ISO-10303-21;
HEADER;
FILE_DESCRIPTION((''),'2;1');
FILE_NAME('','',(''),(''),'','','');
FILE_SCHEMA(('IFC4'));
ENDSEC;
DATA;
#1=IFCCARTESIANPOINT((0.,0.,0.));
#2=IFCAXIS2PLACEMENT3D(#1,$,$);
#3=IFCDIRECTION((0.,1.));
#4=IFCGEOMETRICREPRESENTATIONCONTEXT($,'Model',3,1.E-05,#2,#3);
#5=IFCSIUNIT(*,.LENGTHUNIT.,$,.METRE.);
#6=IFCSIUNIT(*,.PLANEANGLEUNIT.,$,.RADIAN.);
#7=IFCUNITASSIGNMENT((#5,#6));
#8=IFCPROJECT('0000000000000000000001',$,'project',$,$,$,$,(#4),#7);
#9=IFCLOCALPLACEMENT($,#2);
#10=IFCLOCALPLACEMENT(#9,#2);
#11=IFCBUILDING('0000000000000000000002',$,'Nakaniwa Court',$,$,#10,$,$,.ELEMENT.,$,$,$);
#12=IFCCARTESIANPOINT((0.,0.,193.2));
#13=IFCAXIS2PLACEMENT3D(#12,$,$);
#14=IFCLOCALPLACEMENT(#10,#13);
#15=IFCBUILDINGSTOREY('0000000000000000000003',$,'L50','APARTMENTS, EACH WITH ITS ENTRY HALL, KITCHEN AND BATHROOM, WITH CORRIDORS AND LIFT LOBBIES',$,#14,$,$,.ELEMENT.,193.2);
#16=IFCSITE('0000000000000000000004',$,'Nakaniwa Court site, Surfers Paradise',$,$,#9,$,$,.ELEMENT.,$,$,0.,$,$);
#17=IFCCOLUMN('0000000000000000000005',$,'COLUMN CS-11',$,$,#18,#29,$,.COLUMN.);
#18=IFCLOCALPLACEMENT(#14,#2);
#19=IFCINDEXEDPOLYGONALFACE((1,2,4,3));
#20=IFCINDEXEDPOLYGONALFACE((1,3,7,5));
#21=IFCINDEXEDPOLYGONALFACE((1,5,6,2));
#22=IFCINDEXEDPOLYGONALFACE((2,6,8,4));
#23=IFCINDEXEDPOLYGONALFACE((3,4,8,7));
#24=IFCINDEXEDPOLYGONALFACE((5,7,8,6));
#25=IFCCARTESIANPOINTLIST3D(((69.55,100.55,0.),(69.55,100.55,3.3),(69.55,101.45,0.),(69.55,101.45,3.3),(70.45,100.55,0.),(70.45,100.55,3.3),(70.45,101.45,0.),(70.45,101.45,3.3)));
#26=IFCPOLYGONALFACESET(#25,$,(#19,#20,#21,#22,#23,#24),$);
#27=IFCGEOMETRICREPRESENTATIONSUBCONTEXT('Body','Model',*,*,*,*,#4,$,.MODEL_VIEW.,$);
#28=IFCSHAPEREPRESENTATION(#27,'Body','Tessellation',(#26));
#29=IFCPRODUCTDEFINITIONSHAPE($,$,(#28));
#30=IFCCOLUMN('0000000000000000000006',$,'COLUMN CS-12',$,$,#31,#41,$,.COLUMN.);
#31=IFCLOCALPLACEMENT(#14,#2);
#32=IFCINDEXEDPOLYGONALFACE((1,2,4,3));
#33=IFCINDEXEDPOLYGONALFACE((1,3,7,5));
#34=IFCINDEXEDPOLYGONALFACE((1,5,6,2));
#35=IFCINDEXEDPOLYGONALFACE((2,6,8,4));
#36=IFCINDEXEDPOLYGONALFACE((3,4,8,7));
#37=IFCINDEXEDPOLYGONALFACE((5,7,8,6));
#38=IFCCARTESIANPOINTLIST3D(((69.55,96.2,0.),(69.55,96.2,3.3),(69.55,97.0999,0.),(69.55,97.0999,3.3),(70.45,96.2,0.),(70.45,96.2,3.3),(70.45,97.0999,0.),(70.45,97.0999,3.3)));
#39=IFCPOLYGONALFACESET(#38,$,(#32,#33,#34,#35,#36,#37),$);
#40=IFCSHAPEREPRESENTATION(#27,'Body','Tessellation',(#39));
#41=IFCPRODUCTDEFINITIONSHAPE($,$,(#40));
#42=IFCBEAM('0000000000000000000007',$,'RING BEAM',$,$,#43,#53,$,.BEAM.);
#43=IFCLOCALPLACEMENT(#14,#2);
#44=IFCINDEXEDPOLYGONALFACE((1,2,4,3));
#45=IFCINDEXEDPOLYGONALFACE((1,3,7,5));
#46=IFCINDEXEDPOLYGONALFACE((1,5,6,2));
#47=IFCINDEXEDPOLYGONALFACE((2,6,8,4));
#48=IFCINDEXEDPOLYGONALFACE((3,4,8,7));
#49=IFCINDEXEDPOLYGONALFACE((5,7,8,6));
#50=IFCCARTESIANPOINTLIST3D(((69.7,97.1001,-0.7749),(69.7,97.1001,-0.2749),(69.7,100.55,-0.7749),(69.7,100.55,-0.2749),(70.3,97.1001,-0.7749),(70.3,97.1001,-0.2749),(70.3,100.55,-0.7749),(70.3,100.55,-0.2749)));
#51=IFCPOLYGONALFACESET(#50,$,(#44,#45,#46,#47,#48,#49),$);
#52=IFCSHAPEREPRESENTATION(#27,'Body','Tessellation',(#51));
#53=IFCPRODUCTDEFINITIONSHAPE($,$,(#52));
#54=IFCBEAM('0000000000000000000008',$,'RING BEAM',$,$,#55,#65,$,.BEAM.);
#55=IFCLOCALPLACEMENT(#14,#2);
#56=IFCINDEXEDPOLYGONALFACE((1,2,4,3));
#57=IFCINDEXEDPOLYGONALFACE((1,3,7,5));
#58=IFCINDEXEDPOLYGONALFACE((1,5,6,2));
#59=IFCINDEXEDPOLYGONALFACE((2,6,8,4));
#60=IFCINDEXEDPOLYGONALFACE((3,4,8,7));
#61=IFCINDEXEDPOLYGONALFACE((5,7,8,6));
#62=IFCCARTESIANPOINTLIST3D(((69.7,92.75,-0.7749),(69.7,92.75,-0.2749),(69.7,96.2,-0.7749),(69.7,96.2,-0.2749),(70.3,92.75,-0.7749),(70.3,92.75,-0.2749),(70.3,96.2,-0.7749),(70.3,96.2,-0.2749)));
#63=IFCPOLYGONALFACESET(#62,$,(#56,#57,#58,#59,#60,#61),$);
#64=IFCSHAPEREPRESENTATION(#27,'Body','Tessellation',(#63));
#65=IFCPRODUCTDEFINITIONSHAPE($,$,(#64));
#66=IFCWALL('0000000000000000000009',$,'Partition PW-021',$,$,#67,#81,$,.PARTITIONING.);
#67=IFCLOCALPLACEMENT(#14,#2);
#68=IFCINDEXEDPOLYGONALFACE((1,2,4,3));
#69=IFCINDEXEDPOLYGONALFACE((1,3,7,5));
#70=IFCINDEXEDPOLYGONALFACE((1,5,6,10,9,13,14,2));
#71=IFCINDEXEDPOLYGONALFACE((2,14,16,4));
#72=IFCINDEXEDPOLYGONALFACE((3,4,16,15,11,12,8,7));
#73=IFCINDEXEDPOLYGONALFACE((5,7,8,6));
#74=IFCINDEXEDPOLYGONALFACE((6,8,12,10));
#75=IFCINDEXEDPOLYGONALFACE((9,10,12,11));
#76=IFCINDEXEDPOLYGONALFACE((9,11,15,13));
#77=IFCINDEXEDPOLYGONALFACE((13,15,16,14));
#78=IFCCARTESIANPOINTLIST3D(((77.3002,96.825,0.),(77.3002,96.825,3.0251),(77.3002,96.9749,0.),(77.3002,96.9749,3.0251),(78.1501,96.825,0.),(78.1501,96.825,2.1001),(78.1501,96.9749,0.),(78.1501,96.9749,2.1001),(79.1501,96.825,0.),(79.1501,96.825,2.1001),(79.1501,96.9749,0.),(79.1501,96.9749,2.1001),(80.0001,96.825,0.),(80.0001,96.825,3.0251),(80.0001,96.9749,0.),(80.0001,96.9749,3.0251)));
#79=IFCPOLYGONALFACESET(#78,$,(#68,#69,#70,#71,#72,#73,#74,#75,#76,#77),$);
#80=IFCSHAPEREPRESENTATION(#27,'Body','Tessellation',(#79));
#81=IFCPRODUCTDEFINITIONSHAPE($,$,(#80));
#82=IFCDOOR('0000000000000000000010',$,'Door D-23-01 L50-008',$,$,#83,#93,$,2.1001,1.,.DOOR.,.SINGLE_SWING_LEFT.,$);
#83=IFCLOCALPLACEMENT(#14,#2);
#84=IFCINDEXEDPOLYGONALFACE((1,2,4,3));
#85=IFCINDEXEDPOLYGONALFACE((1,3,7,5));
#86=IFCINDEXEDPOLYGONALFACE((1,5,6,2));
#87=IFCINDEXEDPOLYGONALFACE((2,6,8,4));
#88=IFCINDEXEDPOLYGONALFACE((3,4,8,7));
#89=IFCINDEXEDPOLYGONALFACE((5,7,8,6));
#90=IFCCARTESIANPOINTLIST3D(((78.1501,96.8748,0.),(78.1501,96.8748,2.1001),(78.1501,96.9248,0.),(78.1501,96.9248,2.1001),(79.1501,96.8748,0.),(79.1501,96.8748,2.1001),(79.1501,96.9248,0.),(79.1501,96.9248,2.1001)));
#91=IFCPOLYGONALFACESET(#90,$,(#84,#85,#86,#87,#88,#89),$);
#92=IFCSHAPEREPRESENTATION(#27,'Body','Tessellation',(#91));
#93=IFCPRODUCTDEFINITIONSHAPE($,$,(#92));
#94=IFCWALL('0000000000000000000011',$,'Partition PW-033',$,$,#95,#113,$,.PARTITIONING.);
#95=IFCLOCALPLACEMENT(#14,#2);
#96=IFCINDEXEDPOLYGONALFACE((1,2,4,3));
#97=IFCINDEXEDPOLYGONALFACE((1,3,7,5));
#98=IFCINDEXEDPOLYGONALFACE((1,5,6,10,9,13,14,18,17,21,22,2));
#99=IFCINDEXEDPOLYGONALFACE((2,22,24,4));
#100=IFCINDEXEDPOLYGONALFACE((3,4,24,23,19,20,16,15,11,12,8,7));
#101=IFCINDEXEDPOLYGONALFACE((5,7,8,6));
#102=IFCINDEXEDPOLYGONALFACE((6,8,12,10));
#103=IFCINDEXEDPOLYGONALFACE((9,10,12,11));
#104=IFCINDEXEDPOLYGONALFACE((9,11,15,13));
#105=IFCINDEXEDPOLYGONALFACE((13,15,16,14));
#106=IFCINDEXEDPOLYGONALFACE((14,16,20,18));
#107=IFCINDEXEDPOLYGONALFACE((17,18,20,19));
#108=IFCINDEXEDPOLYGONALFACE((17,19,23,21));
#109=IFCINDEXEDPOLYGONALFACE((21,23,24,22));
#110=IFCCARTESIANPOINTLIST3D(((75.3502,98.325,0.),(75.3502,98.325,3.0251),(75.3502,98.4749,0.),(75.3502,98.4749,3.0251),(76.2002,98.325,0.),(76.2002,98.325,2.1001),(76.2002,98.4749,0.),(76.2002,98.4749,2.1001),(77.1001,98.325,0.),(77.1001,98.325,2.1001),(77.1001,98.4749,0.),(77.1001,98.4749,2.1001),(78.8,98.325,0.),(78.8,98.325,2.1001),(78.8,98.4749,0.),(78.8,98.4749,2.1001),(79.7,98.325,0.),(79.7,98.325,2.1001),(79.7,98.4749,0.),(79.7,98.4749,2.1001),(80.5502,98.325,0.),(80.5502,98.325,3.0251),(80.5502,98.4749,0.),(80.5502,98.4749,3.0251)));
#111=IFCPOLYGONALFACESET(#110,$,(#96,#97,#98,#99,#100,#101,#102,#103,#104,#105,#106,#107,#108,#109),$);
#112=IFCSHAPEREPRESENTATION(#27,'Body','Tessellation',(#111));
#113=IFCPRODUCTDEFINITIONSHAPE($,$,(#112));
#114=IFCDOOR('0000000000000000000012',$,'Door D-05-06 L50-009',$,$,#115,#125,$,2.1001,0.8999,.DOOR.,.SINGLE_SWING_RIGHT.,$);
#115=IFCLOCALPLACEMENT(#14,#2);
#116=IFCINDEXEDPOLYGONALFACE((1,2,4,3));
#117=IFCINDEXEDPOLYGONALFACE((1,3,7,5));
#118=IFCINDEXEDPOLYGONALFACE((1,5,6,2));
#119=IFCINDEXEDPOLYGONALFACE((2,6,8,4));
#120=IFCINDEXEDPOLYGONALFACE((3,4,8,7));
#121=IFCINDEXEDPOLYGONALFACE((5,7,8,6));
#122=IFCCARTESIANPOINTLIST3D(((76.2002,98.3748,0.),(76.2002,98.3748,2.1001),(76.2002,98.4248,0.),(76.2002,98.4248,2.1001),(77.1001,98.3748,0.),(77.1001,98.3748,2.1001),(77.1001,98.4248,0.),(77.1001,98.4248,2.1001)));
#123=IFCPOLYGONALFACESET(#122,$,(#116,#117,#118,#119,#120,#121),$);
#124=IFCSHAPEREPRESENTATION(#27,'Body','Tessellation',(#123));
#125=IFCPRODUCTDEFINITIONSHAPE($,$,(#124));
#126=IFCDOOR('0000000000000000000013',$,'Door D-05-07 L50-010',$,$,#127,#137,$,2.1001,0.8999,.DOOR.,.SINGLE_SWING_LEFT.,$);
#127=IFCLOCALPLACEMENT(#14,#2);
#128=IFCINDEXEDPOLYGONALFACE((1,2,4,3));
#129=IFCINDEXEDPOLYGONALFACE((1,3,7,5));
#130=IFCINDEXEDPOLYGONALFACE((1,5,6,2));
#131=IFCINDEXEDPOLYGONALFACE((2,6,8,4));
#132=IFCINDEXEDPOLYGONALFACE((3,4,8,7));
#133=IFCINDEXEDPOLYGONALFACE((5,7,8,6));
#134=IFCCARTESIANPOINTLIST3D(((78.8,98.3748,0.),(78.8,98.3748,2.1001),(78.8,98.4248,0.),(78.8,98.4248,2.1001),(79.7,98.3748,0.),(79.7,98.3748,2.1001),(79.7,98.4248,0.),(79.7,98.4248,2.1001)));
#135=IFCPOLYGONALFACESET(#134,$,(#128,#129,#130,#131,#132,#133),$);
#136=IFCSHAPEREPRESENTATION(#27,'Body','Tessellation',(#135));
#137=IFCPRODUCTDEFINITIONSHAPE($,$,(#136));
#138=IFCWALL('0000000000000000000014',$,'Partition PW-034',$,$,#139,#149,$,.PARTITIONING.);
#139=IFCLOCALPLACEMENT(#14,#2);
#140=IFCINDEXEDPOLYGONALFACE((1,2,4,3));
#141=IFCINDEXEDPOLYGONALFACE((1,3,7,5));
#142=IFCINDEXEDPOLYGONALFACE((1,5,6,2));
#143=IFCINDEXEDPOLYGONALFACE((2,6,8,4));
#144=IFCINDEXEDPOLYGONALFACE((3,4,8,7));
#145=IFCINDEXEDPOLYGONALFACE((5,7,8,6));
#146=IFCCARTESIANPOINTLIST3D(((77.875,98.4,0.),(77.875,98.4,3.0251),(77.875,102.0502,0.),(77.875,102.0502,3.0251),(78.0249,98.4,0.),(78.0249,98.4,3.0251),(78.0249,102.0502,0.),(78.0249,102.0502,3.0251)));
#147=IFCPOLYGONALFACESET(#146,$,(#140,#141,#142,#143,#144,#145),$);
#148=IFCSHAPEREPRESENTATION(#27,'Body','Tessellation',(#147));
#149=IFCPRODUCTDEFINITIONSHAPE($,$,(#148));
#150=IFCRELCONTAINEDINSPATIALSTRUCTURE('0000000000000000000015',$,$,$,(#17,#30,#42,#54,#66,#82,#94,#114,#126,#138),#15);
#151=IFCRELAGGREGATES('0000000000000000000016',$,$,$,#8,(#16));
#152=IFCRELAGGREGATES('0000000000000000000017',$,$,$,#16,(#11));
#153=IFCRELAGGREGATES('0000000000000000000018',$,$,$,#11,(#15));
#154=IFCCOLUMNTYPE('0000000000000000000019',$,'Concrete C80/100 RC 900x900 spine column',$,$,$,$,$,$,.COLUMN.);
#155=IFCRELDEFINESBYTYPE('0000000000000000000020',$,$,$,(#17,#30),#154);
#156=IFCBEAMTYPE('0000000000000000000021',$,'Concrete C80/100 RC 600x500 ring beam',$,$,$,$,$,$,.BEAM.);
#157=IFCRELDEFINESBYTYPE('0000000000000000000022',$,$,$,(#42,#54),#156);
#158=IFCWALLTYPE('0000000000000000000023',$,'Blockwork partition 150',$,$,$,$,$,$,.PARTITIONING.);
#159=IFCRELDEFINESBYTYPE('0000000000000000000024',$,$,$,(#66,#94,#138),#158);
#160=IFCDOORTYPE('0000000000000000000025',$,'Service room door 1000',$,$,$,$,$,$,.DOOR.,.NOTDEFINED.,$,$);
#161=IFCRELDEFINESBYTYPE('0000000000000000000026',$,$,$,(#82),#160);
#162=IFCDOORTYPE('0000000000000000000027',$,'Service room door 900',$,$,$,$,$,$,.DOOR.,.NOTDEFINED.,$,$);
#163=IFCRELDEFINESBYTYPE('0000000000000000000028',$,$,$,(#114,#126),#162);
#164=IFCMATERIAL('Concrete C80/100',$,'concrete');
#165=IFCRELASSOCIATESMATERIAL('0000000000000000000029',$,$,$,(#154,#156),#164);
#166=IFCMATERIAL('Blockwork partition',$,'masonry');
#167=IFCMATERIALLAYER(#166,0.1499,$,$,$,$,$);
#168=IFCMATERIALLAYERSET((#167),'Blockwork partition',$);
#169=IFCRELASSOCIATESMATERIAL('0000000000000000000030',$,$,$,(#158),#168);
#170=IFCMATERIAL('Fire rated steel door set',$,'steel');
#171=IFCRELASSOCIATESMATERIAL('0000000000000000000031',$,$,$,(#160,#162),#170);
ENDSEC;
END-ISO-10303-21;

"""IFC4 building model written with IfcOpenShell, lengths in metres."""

from ifc_helpers import new_model, si_unit, direction, frame, frame_2d, origin, origin_2d, place, context, subcontext, project, spatial, rectangle, extrude, material, layer, layer_set, material_profile, profile_set, type_object, element, fill, save


model = new_model("IFC4")

# Units and contexts
model_context = context("Model", 3, precision=1e-05, world=origin(), true_north=direction((0.0, 1.0)))
body_context = subcontext(model_context, "Body", "Model", "MODEL_VIEW")
ifc_project = project(units=[si_unit("LENGTHUNIT", "METRE"), si_unit("PLANEANGLEUNIT", "RADIAN")], contexts=[model_context])

# Site, building, storey
site_placement = place(None, origin())
site = spatial("IfcSite", under=ifc_project, at=site_placement, Name="Nakaniwa Court site, Surfers Paradise", CompositionType="ELEMENT", RefElevation=0.0)
building_placement = place(site_placement, origin())
building = spatial("IfcBuilding", under=site, at=building_placement, Name="Nakaniwa Court", CompositionType="ELEMENT")
storey_placement = place(building_placement, frame((0.0, 0.0, 193.2)))
storey = spatial("IfcBuildingStorey", under=building, at=storey_placement, Name="L50", Description="APARTMENTS, EACH WITH ITS ENTRY HALL, KITCHEN AND BATHROOM, WITH CORRIDORS AND LIFT LOBBIES", CompositionType="ELEMENT", Elevation=193.2)

# Columns
ifc_material_1 = material(Name="Concrete C80/100", Category="concrete")
ifc_material_profile_1 = material_profile(ifc_material_1, rectangle(XDim=0.8999, YDim=0.8999, at=origin_2d()), Name="Concrete C80/100 RC 900x900 spine column")
ifc_profile_set_1 = profile_set([ifc_material_profile_1], Name="Concrete C80/100")
column_type = type_object("IfcColumnType", Name="Concrete C80/100 RC 900x900 spine column", PredefinedType="COLUMN", material=ifc_profile_set_1)
for number, where, z_axis, x_axis, name in (
    (1, (70.0, 101.0, 0.0), (0.0, 0.0, 1.0), (0.0, -1.0, 0.0), "COLUMN CS-11"),
    (2, (70.0, 96.6499, 0.0), (0.0, 0.0, 1.0), (0.0, -1.0, 0.0), "COLUMN CS-12"),
):
    element("IfcColumn", number, at=place(storey_placement, frame(where, z_axis=z_axis, x_axis=x_axis)), inside=storey, type_object=column_type, Name=name, PredefinedType="COLUMN", context=body_context, shape_type="SweptSolid", body=[
        extrude(rectangle(XDim=0.8999, YDim=0.8999, at=origin_2d()), origin(), (0.0, 0.0, 1.0), 3.3),
    ])

# Beams
ifc_material_profile_2 = material_profile(ifc_material_1, rectangle(XDim=0.6001, YDim=0.5, at=origin_2d()), Name="Concrete C80/100 RC 600x500 ring beam")
ifc_profile_set_2 = profile_set([ifc_material_profile_2], Name="Concrete C80/100")
beam_type = type_object("IfcBeamType", Name="Concrete C80/100 RC 600x500 ring beam", PredefinedType="BEAM", material=ifc_profile_set_2)
for number, where, z_axis, x_axis, name in (
    (3, (70.0, 100.55, -0.5249), (0.0, -1.0, 0.0), (1.0, 0.0, 0.0), "RING BEAM"),
    (4, (70.0, 96.2, -0.5249), (0.0, -1.0, 0.0), (1.0, 0.0, 0.0), "RING BEAM"),
):
    element("IfcBeam", number, at=place(storey_placement, frame(where, z_axis=z_axis, x_axis=x_axis)), inside=storey, type_object=beam_type, Name=name, PredefinedType="BEAM", context=body_context, shape_type="SweptSolid", body=[
        extrude(rectangle(XDim=0.6001, YDim=0.5, at=origin_2d()), origin(), (0.0, 0.0, 1.0), 3.45),
    ])

# Wall, opening, door
ifc_material_2 = material(Name="Blockwork partition", Category="masonry")
ifc_layer_1 = layer(ifc_material_2, 0.1499)
ifc_layer_set_1 = layer_set([ifc_layer_1], Name="Blockwork partition")
wall_type_1 = type_object("IfcWallType", Name="Blockwork partition 150", PredefinedType="PARTITIONING", material=ifc_layer_set_1)
wall_1_placement = place(storey_placement, frame((77.3, 96.8999, 0.0), z_axis=(0.0, 0.0, 1.0), x_axis=(1.0, 0.0, 0.0)))
wall_1 = element("IfcWall", 5, at=wall_1_placement, inside=storey, type_object=wall_type_1, Name="Partition PW-021", PredefinedType="PARTITIONING", context=body_context, shape_type="SweptSolid", body=[
    extrude(rectangle(XDim=2.7, YDim=0.1499, at=frame_2d((1.3501, 0.0))), origin(), (0.0, 0.0, 1.0), 3.0251),
])
opening_1_placement = place(wall_1_placement, frame((0.8501, 0.0, 0.0)))
opening_1 = element("IfcOpeningElement", 6, at=opening_1_placement, cuts=wall_1, PredefinedType="OPENING", context=body_context, shape_type="SweptSolid", body=[
    extrude(rectangle(XDim=1.0, YDim=2.1001, at=frame_2d((0.5, 1.05))), frame((0.0, 0.085, 0.0), z_axis=(0.0, -1.0, 0.0), x_axis=(1.0, 0.0, 0.0)), (0.0, 0.0, 1.0), 0.1699),
])
ifc_material_3 = material(Name="Fire rated steel door set", Category="steel")
door_type_1 = type_object("IfcDoorType", Name="Service room door 1000", OperationType="NOTDEFINED", PredefinedType="DOOR", material=ifc_material_3)
door_1_placement = place(opening_1_placement, origin())
door_1 = element("IfcDoor", 7, at=door_1_placement, inside=storey, type_object=door_type_1, Name="Door D-23-01 L50-008", OperationType="SINGLE_SWING_LEFT", OverallHeight=2.1001, OverallWidth=1.0, PredefinedType="DOOR", context=body_context, shape_type="SweptSolid", body=[
    extrude(rectangle(XDim=1.0, YDim=2.1001, at=frame_2d((0.5, 1.05))), frame((0.0, 0.0249, 0.0), z_axis=(0.0, -1.0, 0.0), x_axis=(1.0, 0.0, 0.0)), (0.0, 0.0, 1.0), 0.05),
])
fill(opening_1, door_1)

# Wall, openings, doors
wall_2_placement = place(storey_placement, frame((75.3501, 98.3999, 0.0), z_axis=(0.0, 0.0, 1.0), x_axis=(1.0, 0.0, 0.0)))
wall_2 = element("IfcWall", 8, at=wall_2_placement, inside=storey, type_object=wall_type_1, Name="Partition PW-033", PredefinedType="PARTITIONING", context=body_context, shape_type="SweptSolid", body=[
    extrude(rectangle(XDim=5.2, YDim=0.1499, at=frame_2d((2.6001, 0.0))), origin(), (0.0, 0.0, 1.0), 3.0251),
])
opening_2_placement = place(wall_2_placement, frame((0.8501, 0.0, 0.0)))
opening_2 = element("IfcOpeningElement", 9, at=opening_2_placement, cuts=wall_2, PredefinedType="OPENING", context=body_context, shape_type="SweptSolid", body=[
    extrude(rectangle(XDim=0.8999, YDim=2.1001, at=frame_2d((0.45, 1.05))), frame((0.0, 0.085, 0.0), z_axis=(0.0, -1.0, 0.0), x_axis=(1.0, 0.0, 0.0)), (0.0, 0.0, 1.0), 0.1699),
])
opening_3_placement = place(wall_2_placement, frame((3.45, 0.0, 0.0)))
opening_3 = element("IfcOpeningElement", 10, at=opening_3_placement, cuts=wall_2, PredefinedType="OPENING", context=body_context, shape_type="SweptSolid", body=[
    extrude(rectangle(XDim=0.8999, YDim=2.1001, at=frame_2d((0.45, 1.05))), frame((0.0, 0.085, 0.0), z_axis=(0.0, -1.0, 0.0), x_axis=(1.0, 0.0, 0.0)), (0.0, 0.0, 1.0), 0.1699),
])
door_type_2 = type_object("IfcDoorType", Name="Service room door 900", OperationType="NOTDEFINED", PredefinedType="DOOR", material=ifc_material_3)
door_2_placement = place(opening_2_placement, origin())
door_2 = element("IfcDoor", 11, at=door_2_placement, inside=storey, type_object=door_type_2, Name="Door D-05-06 L50-009", OperationType="SINGLE_SWING_RIGHT", OverallHeight=2.1001, OverallWidth=0.8999, PredefinedType="DOOR", context=body_context, shape_type="SweptSolid", body=[
    extrude(rectangle(XDim=0.8999, YDim=2.1001, at=frame_2d((0.45, 1.05))), frame((0.0, 0.0249, 0.0), z_axis=(0.0, -1.0, 0.0), x_axis=(1.0, 0.0, 0.0)), (0.0, 0.0, 1.0), 0.05),
])
fill(opening_2, door_2)
door_3_placement = place(opening_3_placement, origin())
door_3 = element("IfcDoor", 12, at=door_3_placement, inside=storey, type_object=door_type_2, Name="Door D-05-07 L50-010", OperationType="SINGLE_SWING_LEFT", OverallHeight=2.1001, OverallWidth=0.8999, PredefinedType="DOOR", context=body_context, shape_type="SweptSolid", body=[
    extrude(rectangle(XDim=0.8999, YDim=2.1001, at=frame_2d((0.45, 1.05))), frame((0.0, 0.0249, 0.0), z_axis=(0.0, -1.0, 0.0), x_axis=(1.0, 0.0, 0.0)), (0.0, 0.0, 1.0), 0.05),
])
fill(opening_3, door_3)

# Wall
wall_3_placement = place(storey_placement, frame((77.95, 98.3999, 0.0), z_axis=(0.0, 0.0, 1.0), x_axis=(0.0, 1.0, 0.0)))
element("IfcWall", 13, at=wall_3_placement, inside=storey, type_object=wall_type_1, Name="Partition PW-034", PredefinedType="PARTITIONING", context=body_context, shape_type="SweptSolid", body=[
    extrude(rectangle(XDim=3.6501, YDim=0.1499, at=frame_2d((1.8252, 0.0))), origin(), (0.0, 0.0, 1.0), 3.0251),
])

save(model, "model.ifc")
